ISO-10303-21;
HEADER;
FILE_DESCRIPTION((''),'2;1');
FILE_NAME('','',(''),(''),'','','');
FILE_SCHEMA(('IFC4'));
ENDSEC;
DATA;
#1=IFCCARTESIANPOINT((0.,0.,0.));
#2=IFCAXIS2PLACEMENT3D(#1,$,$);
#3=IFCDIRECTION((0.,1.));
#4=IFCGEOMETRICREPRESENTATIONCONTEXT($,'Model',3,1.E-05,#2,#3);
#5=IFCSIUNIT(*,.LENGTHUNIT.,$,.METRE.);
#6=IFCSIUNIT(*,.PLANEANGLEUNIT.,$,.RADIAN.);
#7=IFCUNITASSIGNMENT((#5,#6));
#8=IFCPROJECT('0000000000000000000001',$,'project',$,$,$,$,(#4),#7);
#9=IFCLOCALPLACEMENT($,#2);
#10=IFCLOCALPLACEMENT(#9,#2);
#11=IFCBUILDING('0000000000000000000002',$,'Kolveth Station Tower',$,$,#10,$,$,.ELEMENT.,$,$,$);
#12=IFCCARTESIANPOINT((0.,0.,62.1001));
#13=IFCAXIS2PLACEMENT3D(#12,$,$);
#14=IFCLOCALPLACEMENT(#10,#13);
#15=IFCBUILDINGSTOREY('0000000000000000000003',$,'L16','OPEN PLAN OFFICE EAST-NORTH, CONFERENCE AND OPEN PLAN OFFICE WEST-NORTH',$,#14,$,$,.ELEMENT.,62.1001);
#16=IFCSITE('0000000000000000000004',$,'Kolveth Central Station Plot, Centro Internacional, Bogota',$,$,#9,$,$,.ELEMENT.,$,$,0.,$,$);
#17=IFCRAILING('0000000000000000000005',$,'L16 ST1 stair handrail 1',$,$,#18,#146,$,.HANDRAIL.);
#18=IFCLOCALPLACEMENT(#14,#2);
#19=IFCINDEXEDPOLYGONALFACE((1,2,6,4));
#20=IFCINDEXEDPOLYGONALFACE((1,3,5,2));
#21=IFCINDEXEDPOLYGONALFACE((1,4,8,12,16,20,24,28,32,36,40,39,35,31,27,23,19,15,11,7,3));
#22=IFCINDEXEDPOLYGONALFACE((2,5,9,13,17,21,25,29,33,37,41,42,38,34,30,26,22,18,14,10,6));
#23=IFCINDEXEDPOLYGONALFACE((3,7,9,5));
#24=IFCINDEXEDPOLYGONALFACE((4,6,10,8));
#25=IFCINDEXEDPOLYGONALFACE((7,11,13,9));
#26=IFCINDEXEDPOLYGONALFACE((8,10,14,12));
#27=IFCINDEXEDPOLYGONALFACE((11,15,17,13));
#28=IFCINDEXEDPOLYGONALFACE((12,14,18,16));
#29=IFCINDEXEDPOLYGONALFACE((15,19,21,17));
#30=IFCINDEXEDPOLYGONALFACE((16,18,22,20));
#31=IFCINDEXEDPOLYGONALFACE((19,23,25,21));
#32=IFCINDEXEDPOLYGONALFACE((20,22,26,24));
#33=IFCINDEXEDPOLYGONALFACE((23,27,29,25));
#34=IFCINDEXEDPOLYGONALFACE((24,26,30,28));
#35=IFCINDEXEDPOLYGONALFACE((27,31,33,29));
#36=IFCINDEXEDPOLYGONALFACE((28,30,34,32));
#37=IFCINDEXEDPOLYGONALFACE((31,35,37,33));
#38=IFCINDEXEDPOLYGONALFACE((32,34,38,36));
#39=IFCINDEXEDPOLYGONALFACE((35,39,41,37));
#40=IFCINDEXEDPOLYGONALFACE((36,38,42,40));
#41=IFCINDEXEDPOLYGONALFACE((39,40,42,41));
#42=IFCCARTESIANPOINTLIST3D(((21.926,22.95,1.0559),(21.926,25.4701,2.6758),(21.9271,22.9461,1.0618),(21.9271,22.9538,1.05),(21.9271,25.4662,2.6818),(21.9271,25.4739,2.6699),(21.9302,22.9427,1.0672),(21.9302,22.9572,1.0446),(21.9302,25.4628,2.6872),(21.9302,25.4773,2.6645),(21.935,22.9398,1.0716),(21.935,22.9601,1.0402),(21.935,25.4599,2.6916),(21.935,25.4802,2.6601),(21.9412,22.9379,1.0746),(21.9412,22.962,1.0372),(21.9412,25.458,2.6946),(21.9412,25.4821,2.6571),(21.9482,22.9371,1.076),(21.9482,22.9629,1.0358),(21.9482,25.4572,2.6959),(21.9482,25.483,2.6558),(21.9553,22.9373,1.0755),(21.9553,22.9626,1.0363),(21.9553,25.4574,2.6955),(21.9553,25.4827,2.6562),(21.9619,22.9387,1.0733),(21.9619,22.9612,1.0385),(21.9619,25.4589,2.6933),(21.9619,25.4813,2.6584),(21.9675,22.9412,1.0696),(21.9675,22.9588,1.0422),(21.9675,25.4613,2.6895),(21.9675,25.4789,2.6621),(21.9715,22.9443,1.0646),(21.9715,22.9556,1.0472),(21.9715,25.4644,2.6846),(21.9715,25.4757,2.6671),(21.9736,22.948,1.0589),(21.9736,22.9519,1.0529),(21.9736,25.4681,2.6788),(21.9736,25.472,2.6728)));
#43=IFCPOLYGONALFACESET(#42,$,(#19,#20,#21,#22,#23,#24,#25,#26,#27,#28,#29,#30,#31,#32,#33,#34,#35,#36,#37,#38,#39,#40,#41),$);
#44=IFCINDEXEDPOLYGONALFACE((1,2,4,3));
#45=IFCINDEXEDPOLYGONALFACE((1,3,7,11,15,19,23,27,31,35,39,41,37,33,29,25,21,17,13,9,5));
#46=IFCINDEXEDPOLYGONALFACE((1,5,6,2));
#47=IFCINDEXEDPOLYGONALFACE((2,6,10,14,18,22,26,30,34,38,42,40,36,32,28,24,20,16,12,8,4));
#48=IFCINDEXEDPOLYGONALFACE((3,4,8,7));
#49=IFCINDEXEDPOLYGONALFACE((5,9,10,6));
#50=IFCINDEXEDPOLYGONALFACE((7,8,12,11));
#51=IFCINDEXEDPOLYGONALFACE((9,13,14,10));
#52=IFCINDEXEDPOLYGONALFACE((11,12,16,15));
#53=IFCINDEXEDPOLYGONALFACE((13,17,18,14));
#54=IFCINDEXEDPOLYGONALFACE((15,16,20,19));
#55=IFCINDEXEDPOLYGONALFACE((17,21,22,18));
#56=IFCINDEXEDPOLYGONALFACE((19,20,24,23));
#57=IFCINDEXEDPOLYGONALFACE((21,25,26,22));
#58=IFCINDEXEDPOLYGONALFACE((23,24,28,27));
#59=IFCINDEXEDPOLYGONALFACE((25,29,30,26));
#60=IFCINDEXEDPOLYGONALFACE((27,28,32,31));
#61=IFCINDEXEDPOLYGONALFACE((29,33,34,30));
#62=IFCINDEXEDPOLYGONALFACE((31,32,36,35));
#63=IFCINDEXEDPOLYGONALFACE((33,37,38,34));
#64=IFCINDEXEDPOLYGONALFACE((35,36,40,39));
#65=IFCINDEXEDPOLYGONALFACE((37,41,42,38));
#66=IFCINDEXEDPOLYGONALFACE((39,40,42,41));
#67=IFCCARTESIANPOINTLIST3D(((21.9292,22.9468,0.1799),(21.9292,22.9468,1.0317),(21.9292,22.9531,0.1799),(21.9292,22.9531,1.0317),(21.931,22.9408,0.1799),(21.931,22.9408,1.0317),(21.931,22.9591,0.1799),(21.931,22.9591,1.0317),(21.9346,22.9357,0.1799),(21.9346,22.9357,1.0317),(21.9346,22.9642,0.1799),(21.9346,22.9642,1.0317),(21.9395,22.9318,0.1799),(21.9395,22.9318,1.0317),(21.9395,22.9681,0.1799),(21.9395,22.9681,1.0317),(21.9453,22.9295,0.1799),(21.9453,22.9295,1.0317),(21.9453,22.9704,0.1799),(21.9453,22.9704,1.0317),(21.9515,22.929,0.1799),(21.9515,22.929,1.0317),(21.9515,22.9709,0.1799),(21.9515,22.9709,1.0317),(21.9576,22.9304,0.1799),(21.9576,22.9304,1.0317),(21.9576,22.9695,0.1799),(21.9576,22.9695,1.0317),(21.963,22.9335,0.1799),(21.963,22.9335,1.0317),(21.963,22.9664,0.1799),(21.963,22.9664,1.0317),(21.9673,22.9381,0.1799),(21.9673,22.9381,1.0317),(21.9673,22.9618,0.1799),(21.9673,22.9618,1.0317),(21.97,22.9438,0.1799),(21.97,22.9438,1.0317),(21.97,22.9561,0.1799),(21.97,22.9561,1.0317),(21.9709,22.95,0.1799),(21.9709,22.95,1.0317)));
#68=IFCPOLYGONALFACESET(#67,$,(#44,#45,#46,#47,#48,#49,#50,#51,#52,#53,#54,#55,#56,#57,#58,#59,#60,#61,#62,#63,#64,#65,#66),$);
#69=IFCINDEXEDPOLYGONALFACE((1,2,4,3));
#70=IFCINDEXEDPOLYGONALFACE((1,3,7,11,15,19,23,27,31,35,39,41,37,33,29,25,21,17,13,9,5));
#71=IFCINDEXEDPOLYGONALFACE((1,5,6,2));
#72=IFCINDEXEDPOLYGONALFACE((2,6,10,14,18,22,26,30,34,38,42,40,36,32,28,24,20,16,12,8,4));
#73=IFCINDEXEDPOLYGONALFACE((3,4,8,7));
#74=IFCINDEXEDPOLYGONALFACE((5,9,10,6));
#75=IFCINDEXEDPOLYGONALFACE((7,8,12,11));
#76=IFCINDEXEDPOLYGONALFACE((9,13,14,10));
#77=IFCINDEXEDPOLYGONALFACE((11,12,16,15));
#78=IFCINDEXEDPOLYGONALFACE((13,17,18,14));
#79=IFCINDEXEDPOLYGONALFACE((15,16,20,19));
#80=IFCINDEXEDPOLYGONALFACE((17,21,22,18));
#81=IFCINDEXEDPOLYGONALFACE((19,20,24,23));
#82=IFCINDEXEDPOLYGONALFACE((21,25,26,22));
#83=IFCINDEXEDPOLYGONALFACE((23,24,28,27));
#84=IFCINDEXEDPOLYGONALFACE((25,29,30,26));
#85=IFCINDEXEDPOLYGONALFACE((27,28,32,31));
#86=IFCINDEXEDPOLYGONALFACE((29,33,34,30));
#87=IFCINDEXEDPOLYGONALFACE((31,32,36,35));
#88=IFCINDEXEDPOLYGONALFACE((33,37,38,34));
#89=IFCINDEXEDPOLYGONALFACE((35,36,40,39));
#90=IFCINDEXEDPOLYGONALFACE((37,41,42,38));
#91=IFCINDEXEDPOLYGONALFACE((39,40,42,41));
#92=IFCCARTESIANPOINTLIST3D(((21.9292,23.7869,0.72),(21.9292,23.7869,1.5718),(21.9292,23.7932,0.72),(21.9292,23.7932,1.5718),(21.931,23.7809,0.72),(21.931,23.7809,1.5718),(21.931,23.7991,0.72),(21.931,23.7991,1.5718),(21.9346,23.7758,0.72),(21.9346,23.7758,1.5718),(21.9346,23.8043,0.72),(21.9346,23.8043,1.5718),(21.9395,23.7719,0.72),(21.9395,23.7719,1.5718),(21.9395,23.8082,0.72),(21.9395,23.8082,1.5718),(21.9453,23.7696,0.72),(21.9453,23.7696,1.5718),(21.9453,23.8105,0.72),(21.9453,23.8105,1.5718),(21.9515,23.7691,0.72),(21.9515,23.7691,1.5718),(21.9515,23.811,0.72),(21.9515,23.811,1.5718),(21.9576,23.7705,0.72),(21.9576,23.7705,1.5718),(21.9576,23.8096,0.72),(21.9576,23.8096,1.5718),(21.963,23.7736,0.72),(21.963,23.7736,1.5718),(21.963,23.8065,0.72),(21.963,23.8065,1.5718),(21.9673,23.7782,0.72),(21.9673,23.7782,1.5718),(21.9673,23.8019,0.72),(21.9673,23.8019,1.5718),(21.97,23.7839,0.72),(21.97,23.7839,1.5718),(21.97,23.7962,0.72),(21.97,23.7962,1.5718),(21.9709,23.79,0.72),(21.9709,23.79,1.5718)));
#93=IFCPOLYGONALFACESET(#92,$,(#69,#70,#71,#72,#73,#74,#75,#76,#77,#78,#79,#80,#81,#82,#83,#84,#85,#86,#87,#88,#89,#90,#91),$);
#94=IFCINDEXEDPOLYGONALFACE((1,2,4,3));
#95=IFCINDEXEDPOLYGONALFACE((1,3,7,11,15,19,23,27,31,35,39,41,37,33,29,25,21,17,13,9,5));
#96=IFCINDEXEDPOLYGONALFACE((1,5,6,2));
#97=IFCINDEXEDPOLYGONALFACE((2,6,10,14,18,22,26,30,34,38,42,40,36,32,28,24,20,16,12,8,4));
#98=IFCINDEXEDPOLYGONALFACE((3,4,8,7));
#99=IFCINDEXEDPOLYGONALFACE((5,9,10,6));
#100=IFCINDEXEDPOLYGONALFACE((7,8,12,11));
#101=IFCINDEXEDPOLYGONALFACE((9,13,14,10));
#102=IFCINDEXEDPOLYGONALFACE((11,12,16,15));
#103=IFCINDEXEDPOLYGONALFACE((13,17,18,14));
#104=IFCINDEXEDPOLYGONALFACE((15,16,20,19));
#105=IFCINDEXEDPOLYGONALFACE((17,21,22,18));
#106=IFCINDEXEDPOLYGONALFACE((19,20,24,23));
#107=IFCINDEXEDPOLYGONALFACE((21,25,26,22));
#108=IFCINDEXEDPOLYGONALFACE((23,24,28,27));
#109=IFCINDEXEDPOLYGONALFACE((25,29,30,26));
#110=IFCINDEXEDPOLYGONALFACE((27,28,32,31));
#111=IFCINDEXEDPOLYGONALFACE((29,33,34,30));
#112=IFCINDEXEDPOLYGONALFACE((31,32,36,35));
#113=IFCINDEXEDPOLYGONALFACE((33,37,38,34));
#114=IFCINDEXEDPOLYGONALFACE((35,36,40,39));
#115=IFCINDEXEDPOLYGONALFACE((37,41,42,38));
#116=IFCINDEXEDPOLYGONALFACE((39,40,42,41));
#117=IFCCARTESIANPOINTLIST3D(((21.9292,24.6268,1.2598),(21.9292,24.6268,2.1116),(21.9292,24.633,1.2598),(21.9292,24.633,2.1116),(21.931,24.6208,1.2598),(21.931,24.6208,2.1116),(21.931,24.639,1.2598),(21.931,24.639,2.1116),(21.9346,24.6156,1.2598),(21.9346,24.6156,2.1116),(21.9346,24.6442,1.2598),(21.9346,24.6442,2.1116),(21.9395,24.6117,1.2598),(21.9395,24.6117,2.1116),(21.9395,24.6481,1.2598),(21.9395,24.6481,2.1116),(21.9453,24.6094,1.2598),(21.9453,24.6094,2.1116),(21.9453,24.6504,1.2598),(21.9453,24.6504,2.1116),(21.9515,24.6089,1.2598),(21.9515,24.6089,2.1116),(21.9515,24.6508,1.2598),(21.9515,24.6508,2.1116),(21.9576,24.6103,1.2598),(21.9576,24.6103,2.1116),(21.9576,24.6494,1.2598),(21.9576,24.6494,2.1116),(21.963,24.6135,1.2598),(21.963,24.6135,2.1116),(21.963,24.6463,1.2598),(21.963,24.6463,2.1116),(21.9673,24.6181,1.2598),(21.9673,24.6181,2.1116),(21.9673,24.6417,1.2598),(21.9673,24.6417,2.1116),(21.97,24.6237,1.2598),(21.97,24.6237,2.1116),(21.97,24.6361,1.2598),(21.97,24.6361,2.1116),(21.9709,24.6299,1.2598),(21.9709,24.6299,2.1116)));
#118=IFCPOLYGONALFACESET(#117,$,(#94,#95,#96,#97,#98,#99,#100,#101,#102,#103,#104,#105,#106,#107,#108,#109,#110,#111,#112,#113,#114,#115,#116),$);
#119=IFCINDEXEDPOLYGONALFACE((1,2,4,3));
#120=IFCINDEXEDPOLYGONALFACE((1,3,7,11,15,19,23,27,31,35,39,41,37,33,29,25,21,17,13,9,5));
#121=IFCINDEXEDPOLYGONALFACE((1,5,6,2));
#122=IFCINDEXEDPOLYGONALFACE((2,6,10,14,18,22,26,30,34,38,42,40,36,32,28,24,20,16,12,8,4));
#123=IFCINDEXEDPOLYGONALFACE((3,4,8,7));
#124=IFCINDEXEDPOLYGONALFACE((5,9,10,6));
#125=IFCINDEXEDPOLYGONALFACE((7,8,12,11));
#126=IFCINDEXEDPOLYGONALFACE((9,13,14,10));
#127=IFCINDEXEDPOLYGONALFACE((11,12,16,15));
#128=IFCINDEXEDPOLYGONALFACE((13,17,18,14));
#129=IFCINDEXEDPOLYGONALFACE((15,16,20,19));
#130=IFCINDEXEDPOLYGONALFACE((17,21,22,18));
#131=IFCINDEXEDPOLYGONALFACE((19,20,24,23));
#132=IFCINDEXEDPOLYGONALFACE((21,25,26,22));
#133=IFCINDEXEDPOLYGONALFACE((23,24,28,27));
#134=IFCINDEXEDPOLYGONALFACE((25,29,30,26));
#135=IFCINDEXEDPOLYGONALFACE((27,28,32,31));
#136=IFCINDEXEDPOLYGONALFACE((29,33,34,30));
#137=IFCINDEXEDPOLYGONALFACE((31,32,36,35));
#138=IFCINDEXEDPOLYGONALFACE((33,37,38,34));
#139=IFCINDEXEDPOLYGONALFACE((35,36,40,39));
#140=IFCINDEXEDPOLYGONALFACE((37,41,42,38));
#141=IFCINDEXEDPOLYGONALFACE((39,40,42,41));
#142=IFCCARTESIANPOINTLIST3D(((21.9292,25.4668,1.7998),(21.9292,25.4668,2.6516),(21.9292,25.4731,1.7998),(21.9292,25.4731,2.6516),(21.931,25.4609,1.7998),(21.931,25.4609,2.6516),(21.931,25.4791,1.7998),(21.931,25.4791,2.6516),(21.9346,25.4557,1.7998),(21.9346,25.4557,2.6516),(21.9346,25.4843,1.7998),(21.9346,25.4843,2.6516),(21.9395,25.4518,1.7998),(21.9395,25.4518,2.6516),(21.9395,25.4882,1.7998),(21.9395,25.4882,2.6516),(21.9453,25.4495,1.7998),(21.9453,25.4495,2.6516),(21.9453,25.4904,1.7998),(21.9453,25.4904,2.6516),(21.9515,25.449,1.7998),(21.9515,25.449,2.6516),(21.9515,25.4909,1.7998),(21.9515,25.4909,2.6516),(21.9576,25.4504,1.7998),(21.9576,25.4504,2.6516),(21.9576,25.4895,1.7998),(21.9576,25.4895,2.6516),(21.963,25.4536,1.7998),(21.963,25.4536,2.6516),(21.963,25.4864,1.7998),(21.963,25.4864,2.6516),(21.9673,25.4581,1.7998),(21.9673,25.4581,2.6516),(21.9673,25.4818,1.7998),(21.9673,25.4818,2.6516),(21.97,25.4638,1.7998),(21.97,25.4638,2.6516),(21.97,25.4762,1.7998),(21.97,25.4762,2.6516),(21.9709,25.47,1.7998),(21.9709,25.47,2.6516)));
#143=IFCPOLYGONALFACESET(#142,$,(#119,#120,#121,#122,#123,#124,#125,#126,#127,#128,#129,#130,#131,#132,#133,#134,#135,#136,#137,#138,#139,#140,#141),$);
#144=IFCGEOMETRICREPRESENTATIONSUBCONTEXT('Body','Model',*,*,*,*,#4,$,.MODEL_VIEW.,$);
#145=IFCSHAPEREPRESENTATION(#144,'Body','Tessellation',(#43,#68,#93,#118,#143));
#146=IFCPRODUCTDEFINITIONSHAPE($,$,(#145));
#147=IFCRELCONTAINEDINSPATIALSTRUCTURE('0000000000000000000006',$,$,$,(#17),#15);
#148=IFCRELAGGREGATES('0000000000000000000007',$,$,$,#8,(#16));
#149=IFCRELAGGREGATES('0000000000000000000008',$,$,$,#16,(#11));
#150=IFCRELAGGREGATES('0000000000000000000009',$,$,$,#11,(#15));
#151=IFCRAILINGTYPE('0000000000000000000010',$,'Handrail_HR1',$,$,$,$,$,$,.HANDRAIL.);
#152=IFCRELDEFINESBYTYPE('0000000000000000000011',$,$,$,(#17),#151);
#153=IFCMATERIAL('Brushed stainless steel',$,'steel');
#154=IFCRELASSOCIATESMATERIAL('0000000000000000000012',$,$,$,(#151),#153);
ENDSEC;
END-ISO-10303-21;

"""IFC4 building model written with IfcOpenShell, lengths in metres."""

from ifc_helpers import new_model, si_unit, direction, frame, origin, origin_2d, place, context, subcontext, project, spatial, circle, extrude, material, type_object, element, save


model = new_model("IFC4")

# Units and contexts
model_context = context("Model", 3, precision=1e-05, world=origin(), true_north=direction((0.0, 1.0)))
body_context = subcontext(model_context, "Body", "Model", "MODEL_VIEW")
ifc_project = project(units=[si_unit("LENGTHUNIT", "METRE"), si_unit("PLANEANGLEUNIT", "RADIAN")], contexts=[model_context])

# Site, building, storey
site_placement = place(None, origin())
site = spatial("IfcSite", under=ifc_project, at=site_placement, Name="Kolveth Central Station Plot, Centro Internacional, Bogota", CompositionType="ELEMENT", RefElevation=0.0)
building_placement = place(site_placement, origin())
building = spatial("IfcBuilding", under=site, at=building_placement, Name="Kolveth Station Tower", CompositionType="ELEMENT")
storey_placement = place(building_placement, frame((0.0, 0.0, 62.1001)))
storey = spatial("IfcBuildingStorey", under=building, at=storey_placement, Name="L16", Description="OPEN PLAN OFFICE EAST-NORTH, CONFERENCE AND OPEN PLAN OFFICE WEST-NORTH", CompositionType="ELEMENT", Elevation=62.1001)

# Railing
ifc_material_1 = material(Name="Brushed stainless steel", Category="steel")
railing_type_1 = type_object("IfcRailingType", Name="Handrail_HR1", PredefinedType="HANDRAIL", material=ifc_material_1)
railing_1_placement = place(storey_placement, frame((21.95, 22.95, 0.1799)))
element("IfcRailing", 1, at=railing_1_placement, inside=storey, type_object=railing_type_1, Name="L16 ST1 stair handrail 1", PredefinedType="HANDRAIL", context=body_context, shape_type="SweptSolid", body=[
    extrude(circle(Radius=0.0239, at=origin_2d()), frame((0.0, 0.0, 0.876), z_axis=(0.0, 0.8412, 0.540725), x_axis=(-1.0, 0.0, 0.0)), (0.0, 0.0, 1.0), 2.9958),
    extrude(circle(Radius=0.021, at=origin_2d()), origin(), (0.0, 0.0, 1.0), 0.8518),
    extrude(circle(Radius=0.021, at=origin_2d()), frame((0.0, 0.8401, 0.54)), (0.0, 0.0, 1.0), 0.8518),
    extrude(circle(Radius=0.021, at=origin_2d()), frame((0.0, 1.6799, 1.0798)), (0.0, 0.0, 1.0), 0.8518),
    extrude(circle(Radius=0.021, at=origin_2d()), frame((0.0, 2.52, 1.6199)), (0.0, 0.0, 1.0), 0.8518),
])

save(model, "model.ifc")
